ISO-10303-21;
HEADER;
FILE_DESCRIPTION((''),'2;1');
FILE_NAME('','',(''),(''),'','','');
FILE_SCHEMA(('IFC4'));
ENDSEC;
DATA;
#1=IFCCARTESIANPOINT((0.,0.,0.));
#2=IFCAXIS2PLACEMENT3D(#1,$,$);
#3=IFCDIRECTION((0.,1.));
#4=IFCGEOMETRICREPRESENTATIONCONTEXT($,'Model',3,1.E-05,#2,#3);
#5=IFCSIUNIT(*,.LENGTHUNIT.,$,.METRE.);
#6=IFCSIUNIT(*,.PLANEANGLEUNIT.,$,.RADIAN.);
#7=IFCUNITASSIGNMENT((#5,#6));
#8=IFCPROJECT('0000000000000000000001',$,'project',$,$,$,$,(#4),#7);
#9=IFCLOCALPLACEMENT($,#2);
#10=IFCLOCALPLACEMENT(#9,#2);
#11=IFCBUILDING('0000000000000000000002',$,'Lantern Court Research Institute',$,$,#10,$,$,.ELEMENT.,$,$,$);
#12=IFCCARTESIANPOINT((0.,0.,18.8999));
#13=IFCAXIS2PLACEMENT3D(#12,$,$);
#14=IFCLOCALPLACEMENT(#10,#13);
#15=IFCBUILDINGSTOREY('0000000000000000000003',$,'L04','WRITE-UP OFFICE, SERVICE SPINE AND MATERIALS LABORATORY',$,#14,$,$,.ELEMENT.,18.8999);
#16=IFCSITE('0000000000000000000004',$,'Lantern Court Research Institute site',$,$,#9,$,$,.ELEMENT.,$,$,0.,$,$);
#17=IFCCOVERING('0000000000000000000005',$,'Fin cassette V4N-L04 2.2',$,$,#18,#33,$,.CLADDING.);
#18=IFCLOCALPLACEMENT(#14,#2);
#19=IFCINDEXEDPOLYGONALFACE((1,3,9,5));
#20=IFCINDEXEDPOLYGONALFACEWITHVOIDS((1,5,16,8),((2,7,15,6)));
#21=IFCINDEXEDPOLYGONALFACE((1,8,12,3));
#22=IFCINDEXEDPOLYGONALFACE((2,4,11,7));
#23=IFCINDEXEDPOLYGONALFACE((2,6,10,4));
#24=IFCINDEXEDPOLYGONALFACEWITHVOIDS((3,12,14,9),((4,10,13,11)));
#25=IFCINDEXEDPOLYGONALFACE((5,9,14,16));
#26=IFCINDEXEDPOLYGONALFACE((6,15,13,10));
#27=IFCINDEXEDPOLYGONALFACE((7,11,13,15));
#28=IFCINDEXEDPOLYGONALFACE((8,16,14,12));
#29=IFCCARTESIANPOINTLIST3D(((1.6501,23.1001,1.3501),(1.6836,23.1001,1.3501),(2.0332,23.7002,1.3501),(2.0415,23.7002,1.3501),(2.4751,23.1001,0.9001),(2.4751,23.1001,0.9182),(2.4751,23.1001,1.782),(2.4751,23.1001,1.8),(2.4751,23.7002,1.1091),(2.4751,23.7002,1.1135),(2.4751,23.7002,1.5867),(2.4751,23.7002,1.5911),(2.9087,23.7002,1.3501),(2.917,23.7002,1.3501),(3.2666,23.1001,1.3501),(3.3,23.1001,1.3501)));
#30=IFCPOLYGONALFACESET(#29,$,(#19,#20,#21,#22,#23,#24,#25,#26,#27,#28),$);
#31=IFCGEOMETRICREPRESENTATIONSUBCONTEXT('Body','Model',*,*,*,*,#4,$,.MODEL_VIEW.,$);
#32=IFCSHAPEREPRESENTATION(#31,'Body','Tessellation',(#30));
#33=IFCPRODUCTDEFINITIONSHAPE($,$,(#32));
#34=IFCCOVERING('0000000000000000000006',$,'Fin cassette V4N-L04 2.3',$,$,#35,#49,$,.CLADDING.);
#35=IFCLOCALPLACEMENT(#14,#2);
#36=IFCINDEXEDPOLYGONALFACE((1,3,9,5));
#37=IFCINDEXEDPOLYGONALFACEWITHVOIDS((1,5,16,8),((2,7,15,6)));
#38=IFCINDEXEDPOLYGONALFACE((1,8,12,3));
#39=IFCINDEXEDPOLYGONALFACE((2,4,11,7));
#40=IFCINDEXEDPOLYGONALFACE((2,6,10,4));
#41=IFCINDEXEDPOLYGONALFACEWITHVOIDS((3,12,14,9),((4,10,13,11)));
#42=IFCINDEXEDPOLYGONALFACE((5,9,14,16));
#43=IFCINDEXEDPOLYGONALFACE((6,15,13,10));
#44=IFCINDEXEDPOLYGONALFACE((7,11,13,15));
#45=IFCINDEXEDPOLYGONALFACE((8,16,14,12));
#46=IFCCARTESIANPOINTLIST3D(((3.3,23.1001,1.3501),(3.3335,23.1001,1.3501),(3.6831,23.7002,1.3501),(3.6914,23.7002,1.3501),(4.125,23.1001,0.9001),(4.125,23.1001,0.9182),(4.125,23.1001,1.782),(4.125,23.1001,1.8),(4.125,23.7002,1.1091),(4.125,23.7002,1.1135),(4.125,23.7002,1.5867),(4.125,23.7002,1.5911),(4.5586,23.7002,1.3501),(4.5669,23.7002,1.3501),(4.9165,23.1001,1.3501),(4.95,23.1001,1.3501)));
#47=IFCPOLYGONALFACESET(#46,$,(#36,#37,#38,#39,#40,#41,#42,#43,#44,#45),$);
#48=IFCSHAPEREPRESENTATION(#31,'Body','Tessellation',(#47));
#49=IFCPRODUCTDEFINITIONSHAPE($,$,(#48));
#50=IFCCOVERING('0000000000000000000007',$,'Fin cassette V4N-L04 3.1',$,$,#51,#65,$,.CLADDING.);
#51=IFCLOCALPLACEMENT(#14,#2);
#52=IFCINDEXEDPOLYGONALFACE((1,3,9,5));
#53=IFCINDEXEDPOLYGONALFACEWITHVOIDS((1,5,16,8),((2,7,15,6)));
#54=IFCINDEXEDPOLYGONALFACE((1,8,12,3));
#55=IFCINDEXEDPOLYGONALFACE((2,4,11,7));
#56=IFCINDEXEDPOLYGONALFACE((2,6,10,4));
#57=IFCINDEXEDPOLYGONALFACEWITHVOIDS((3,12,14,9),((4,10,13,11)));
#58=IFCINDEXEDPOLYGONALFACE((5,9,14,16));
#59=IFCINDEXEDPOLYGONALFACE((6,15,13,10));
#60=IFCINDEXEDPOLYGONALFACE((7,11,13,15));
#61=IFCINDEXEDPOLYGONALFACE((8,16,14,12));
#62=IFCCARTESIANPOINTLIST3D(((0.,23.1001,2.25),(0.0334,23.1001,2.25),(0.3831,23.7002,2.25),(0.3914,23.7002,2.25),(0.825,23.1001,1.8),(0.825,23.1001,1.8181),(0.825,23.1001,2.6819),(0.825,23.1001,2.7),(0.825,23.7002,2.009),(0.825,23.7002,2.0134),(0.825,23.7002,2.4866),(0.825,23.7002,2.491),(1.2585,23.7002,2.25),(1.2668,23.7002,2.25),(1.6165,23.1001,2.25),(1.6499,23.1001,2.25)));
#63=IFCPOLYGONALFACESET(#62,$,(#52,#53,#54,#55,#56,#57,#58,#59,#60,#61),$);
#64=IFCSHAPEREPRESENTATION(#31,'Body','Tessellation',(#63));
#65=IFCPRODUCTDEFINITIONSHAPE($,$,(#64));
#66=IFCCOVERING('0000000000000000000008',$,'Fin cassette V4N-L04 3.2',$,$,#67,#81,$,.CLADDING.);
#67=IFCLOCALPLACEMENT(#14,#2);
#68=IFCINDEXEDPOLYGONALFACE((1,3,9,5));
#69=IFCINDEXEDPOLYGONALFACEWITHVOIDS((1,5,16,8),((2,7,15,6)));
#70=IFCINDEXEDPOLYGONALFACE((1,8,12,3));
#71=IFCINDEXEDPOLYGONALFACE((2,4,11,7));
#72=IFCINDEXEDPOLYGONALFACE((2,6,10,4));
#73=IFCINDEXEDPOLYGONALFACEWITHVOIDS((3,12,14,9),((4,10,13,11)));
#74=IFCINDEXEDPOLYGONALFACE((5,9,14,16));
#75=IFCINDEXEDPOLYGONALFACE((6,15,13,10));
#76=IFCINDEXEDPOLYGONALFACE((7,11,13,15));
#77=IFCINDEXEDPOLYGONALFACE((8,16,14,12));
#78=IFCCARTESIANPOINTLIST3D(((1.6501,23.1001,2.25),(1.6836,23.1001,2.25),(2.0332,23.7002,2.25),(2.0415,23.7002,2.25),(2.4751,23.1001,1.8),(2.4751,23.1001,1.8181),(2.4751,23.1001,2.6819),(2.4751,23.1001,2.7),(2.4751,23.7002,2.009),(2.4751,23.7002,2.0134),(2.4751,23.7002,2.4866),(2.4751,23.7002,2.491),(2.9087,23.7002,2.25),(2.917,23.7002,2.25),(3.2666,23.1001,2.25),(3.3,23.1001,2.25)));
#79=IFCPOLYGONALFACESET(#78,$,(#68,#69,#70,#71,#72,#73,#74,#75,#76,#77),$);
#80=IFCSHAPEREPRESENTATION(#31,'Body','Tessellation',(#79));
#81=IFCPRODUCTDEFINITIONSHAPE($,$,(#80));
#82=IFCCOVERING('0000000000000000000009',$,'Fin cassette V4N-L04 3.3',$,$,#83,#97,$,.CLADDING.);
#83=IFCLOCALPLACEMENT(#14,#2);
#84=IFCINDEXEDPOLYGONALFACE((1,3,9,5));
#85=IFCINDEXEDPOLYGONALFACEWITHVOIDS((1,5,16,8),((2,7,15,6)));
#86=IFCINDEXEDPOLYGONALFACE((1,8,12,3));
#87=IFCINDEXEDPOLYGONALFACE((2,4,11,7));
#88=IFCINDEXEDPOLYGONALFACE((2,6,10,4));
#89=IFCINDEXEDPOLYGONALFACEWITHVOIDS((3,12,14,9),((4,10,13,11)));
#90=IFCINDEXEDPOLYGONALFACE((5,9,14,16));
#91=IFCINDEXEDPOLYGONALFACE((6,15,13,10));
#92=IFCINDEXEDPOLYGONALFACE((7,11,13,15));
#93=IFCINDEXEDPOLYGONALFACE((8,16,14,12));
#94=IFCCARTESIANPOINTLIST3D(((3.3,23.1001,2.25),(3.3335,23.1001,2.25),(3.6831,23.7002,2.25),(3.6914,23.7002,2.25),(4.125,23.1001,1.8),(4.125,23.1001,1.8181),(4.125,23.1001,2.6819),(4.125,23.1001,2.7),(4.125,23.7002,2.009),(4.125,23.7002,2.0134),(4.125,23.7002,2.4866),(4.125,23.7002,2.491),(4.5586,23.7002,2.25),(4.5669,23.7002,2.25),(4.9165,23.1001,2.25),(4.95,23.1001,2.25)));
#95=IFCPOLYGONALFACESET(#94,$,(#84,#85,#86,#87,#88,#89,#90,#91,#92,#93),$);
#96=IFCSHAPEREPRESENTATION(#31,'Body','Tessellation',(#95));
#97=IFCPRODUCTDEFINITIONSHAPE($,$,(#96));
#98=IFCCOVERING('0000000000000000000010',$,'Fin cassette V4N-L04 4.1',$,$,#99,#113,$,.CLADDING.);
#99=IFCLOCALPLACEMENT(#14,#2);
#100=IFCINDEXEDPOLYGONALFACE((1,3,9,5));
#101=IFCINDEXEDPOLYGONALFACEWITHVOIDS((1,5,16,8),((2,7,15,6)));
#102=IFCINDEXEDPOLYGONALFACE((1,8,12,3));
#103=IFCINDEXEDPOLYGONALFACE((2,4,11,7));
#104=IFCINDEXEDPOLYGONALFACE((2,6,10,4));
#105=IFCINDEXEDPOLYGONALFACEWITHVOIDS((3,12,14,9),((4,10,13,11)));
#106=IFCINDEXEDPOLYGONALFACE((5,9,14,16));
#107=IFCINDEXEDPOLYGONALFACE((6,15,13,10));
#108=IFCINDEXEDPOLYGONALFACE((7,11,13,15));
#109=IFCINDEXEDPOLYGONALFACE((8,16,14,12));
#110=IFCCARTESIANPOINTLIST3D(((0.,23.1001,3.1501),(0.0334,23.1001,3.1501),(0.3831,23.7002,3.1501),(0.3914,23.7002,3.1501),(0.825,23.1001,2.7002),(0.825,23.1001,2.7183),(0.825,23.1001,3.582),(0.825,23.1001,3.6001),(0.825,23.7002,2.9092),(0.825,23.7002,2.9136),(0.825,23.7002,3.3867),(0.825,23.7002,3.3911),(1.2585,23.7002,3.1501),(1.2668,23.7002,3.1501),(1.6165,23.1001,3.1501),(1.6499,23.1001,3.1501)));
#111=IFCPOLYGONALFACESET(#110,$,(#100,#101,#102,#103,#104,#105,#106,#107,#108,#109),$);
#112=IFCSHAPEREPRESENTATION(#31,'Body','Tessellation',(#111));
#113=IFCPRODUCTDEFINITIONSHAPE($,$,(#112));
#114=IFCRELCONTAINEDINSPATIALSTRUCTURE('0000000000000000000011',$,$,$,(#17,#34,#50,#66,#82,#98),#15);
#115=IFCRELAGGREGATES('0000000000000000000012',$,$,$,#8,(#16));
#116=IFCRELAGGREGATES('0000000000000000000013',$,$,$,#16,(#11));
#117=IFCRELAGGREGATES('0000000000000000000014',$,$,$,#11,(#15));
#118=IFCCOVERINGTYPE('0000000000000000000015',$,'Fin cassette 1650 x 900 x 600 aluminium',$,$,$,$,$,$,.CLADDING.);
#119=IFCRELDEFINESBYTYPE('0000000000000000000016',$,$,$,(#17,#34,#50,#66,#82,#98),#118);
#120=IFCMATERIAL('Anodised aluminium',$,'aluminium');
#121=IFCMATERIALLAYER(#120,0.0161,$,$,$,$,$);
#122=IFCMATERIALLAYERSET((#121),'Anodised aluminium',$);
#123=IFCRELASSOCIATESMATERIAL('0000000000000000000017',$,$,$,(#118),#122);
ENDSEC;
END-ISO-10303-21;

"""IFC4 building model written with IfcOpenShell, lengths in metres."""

from ifc_helpers import new_model, entity, si_unit, direction, frame, origin, place, context, subcontext, project, spatial, material, layer, layer_set, type_object, element, save


model = new_model("IFC4")

# Units and contexts
model_context = context("Model", 3, precision=1e-05, world=origin(), true_north=direction((0.0, 1.0)))
body_context = subcontext(model_context, "Body", "Model", "MODEL_VIEW")
ifc_project = project(units=[si_unit("LENGTHUNIT", "METRE"), si_unit("PLANEANGLEUNIT", "RADIAN")], contexts=[model_context])

# Site, building, storey
site_placement = place(None, origin())
site = spatial("IfcSite", under=ifc_project, at=site_placement, Name="Lantern Court Research Institute site", CompositionType="ELEMENT", RefElevation=0.0)
building_placement = place(site_placement, origin())
building = spatial("IfcBuilding", under=site, at=building_placement, Name="Lantern Court Research Institute", CompositionType="ELEMENT")
storey_placement = place(building_placement, frame((0.0, 0.0, 18.8999)))
storey = spatial("IfcBuildingStorey", under=building, at=storey_placement, Name="L04", Description="WRITE-UP OFFICE, SERVICE SPINE AND MATERIALS LABORATORY", CompositionType="ELEMENT", Elevation=18.8999)

# Coverings
ifc_material_1 = material(Name="Anodised aluminium", Category="aluminium")
ifc_layer_1 = layer(ifc_material_1, 0.0161)
ifc_layer_set_1 = layer_set([ifc_layer_1], Name="Anodised aluminium")
covering_type = type_object("IfcCoveringType", Name="Fin cassette 1650 x 900 x 600 aluminium", PredefinedType="CLADDING", material=ifc_layer_set_1)
covering_1_placement = place(storey_placement, frame((2.4751, 23.1001, 1.3501), z_axis=(0.0, 1.0, 0.0), x_axis=(-1.0, 0.0, 0.0)))
cartesian_point_1 = entity("IfcCartesianPoint", [0.825, 0.0])
cartesian_point_2 = entity("IfcCartesianPoint", [0.7915, 0.0])
cartesian_point_3 = entity("IfcCartesianPoint", [0.4419, 0.0])
cartesian_point_4 = entity("IfcCartesianPoint", [0.4336, 0.0])
element("IfcCovering", 1, at=covering_1_placement, inside=storey, type_object=covering_type, Name="Fin cassette V4N-L04 2.2", PredefinedType="CLADDING", context=body_context, shape_type="SweptSolid", body=[
    entity("IfcExtrudedAreaSolidTapered", entity("IfcArbitraryProfileDefWithVoids", "AREA", None, entity("IfcPolyline", [cartesian_point_1, entity("IfcCartesianPoint", [0.0, 0.45]), entity("IfcCartesianPoint", [-0.825, 0.0]), entity("IfcCartesianPoint", [0.0, -0.45]), cartesian_point_1]), [entity("IfcPolyline", [cartesian_point_2, entity("IfcCartesianPoint", [0.0, 0.4319]), entity("IfcCartesianPoint", [-0.7915, 0.0]), entity("IfcCartesianPoint", [0.0, -0.4319]), cartesian_point_2])]), entity("IfcAxis2Placement3D", entity("IfcCartesianPoint", [0.0, 0.0, 0.0])), entity("IfcDirection", [0.0, 0.0, 1.0]), 0.6001, entity("IfcArbitraryProfileDefWithVoids", "AREA", None, entity("IfcPolyline", [cartesian_point_3, entity("IfcCartesianPoint", [0.0, 0.241]), entity("IfcCartesianPoint", [-0.4419, 0.0]), entity("IfcCartesianPoint", [0.0, -0.241]), cartesian_point_3]), [entity("IfcPolyline", [cartesian_point_4, entity("IfcCartesianPoint", [0.0, 0.2366]), entity("IfcCartesianPoint", [-0.4336, 0.0]), entity("IfcCartesianPoint", [0.0, -0.2366]), cartesian_point_4])])),
])
covering_2_placement = place(storey_placement, frame((4.125, 23.1001, 1.3501), z_axis=(0.0, 1.0, 0.0), x_axis=(-1.0, 0.0, 0.0)))
cartesian_point_5 = entity("IfcCartesianPoint", [0.825, 0.0])
cartesian_point_6 = entity("IfcCartesianPoint", [0.7915, 0.0])
cartesian_point_7 = entity("IfcCartesianPoint", [0.4419, 0.0])
cartesian_point_8 = entity("IfcCartesianPoint", [0.4336, 0.0])
element("IfcCovering", 2, at=covering_2_placement, inside=storey, type_object=covering_type, Name="Fin cassette V4N-L04 2.3", PredefinedType="CLADDING", context=body_context, shape_type="SweptSolid", body=[
    entity("IfcExtrudedAreaSolidTapered", entity("IfcArbitraryProfileDefWithVoids", "AREA", None, entity("IfcPolyline", [cartesian_point_5, entity("IfcCartesianPoint", [0.0, 0.45]), entity("IfcCartesianPoint", [-0.825, 0.0]), entity("IfcCartesianPoint", [0.0, -0.45]), cartesian_point_5]), [entity("IfcPolyline", [cartesian_point_6, entity("IfcCartesianPoint", [0.0, 0.4319]), entity("IfcCartesianPoint", [-0.7915, 0.0]), entity("IfcCartesianPoint", [0.0, -0.4319]), cartesian_point_6])]), entity("IfcAxis2Placement3D", entity("IfcCartesianPoint", [0.0, 0.0, 0.0])), entity("IfcDirection", [0.0, 0.0, 1.0]), 0.6001, entity("IfcArbitraryProfileDefWithVoids", "AREA", None, entity("IfcPolyline", [cartesian_point_7, entity("IfcCartesianPoint", [0.0, 0.241]), entity("IfcCartesianPoint", [-0.4419, 0.0]), entity("IfcCartesianPoint", [0.0, -0.241]), cartesian_point_7]), [entity("IfcPolyline", [cartesian_point_8, entity("IfcCartesianPoint", [0.0, 0.2366]), entity("IfcCartesianPoint", [-0.4336, 0.0]), entity("IfcCartesianPoint", [0.0, -0.2366]), cartesian_point_8])])),
])
covering_3_placement = place(storey_placement, frame((0.825, 23.1001, 2.25), z_axis=(0.0, 1.0, 0.0), x_axis=(-1.0, 0.0, 0.0)))
cartesian_point_9 = entity("IfcCartesianPoint", [0.825, 0.0])
cartesian_point_10 = entity("IfcCartesianPoint", [0.7915, 0.0])
cartesian_point_11 = entity("IfcCartesianPoint", [0.4419, 0.0])
cartesian_point_12 = entity("IfcCartesianPoint", [0.4336, 0.0])
element("IfcCovering", 3, at=covering_3_placement, inside=storey, type_object=covering_type, Name="Fin cassette V4N-L04 3.1", PredefinedType="CLADDING", context=body_context, shape_type="SweptSolid", body=[
    entity("IfcExtrudedAreaSolidTapered", entity("IfcArbitraryProfileDefWithVoids", "AREA", None, entity("IfcPolyline", [cartesian_point_9, entity("IfcCartesianPoint", [0.0, 0.45]), entity("IfcCartesianPoint", [-0.825, 0.0]), entity("IfcCartesianPoint", [0.0, -0.45]), cartesian_point_9]), [entity("IfcPolyline", [cartesian_point_10, entity("IfcCartesianPoint", [0.0, 0.4319]), entity("IfcCartesianPoint", [-0.7915, 0.0]), entity("IfcCartesianPoint", [0.0, -0.4319]), cartesian_point_10])]), entity("IfcAxis2Placement3D", entity("IfcCartesianPoint", [0.0, 0.0, 0.0])), entity("IfcDirection", [0.0, 0.0, 1.0]), 0.6001, entity("IfcArbitraryProfileDefWithVoids", "AREA", None, entity("IfcPolyline", [cartesian_point_11, entity("IfcCartesianPoint", [0.0, 0.241]), entity("IfcCartesianPoint", [-0.4419, 0.0]), entity("IfcCartesianPoint", [0.0, -0.241]), cartesian_point_11]), [entity("IfcPolyline", [cartesian_point_12, entity("IfcCartesianPoint", [0.0, 0.2366]), entity("IfcCartesianPoint", [-0.4336, 0.0]), entity("IfcCartesianPoint", [0.0, -0.2366]), cartesian_point_12])])),
])
covering_4_placement = place(storey_placement, frame((2.4751, 23.1001, 2.25), z_axis=(0.0, 1.0, 0.0), x_axis=(-1.0, 0.0, 0.0)))
cartesian_point_13 = entity("IfcCartesianPoint", [0.825, 0.0])
cartesian_point_14 = entity("IfcCartesianPoint", [0.7915, 0.0])
cartesian_point_15 = entity("IfcCartesianPoint", [0.4419, 0.0])
cartesian_point_16 = entity("IfcCartesianPoint", [0.4336, 0.0])
element("IfcCovering", 4, at=covering_4_placement, inside=storey, type_object=covering_type, Name="Fin cassette V4N-L04 3.2", PredefinedType="CLADDING", context=body_context, shape_type="SweptSolid", body=[
    entity("IfcExtrudedAreaSolidTapered", entity("IfcArbitraryProfileDefWithVoids", "AREA", None, entity("IfcPolyline", [cartesian_point_13, entity("IfcCartesianPoint", [0.0, 0.45]), entity("IfcCartesianPoint", [-0.825, 0.0]), entity("IfcCartesianPoint", [0.0, -0.45]), cartesian_point_13]), [entity("IfcPolyline", [cartesian_point_14, entity("IfcCartesianPoint", [0.0, 0.4319]), entity("IfcCartesianPoint", [-0.7915, 0.0]), entity("IfcCartesianPoint", [0.0, -0.4319]), cartesian_point_14])]), entity("IfcAxis2Placement3D", entity("IfcCartesianPoint", [0.0, 0.0, 0.0])), entity("IfcDirection", [0.0, 0.0, 1.0]), 0.6001, entity("IfcArbitraryProfileDefWithVoids", "AREA", None, entity("IfcPolyline", [cartesian_point_15, entity("IfcCartesianPoint", [0.0, 0.241]), entity("IfcCartesianPoint", [-0.4419, 0.0]), entity("IfcCartesianPoint", [0.0, -0.241]), cartesian_point_15]), [entity("IfcPolyline", [cartesian_point_16, entity("IfcCartesianPoint", [0.0, 0.2366]), entity("IfcCartesianPoint", [-0.4336, 0.0]), entity("IfcCartesianPoint", [0.0, -0.2366]), cartesian_point_16])])),
])
covering_5_placement = place(storey_placement, frame((4.125, 23.1001, 2.25), z_axis=(0.0, 1.0, 0.0), x_axis=(-1.0, 0.0, 0.0)))
cartesian_point_17 = entity("IfcCartesianPoint", [0.825, 0.0])
cartesian_point_18 = entity("IfcCartesianPoint", [0.7915, 0.0])
cartesian_point_19 = entity("IfcCartesianPoint", [0.4419, 0.0])
cartesian_point_20 = entity("IfcCartesianPoint", [0.4336, 0.0])
element("IfcCovering", 5, at=covering_5_placement, inside=storey, type_object=covering_type, Name="Fin cassette V4N-L04 3.3", PredefinedType="CLADDING", context=body_context, shape_type="SweptSolid", body=[
    entity("IfcExtrudedAreaSolidTapered", entity("IfcArbitraryProfileDefWithVoids", "AREA", None, entity("IfcPolyline", [cartesian_point_17, entity("IfcCartesianPoint", [0.0, 0.45]), entity("IfcCartesianPoint", [-0.825, 0.0]), entity("IfcCartesianPoint", [0.0, -0.45]), cartesian_point_17]), [entity("IfcPolyline", [cartesian_point_18, entity("IfcCartesianPoint", [0.0, 0.4319]), entity("IfcCartesianPoint", [-0.7915, 0.0]), entity("IfcCartesianPoint", [0.0, -0.4319]), cartesian_point_18])]), entity("IfcAxis2Placement3D", entity("IfcCartesianPoint", [0.0, 0.0, 0.0])), entity("IfcDirection", [0.0, 0.0, 1.0]), 0.6001, entity("IfcArbitraryProfileDefWithVoids", "AREA", None, entity("IfcPolyline", [cartesian_point_19, entity("IfcCartesianPoint", [0.0, 0.241]), entity("IfcCartesianPoint", [-0.4419, 0.0]), entity("IfcCartesianPoint", [0.0, -0.241]), cartesian_point_19]), [entity("IfcPolyline", [cartesian_point_20, entity("IfcCartesianPoint", [0.0, 0.2366]), entity("IfcCartesianPoint", [-0.4336, 0.0]), entity("IfcCartesianPoint", [0.0, -0.2366]), cartesian_point_20])])),
])
covering_6_placement = place(storey_placement, frame((0.825, 23.1001, 3.1501), z_axis=(0.0, 1.0, 0.0), x_axis=(-1.0, 0.0, 0.0)))
cartesian_point_21 = entity("IfcCartesianPoint", [0.825, 0.0])
cartesian_point_22 = entity("IfcCartesianPoint", [0.7915, 0.0])
cartesian_point_23 = entity("IfcCartesianPoint", [0.4419, 0.0])
cartesian_point_24 = entity("IfcCartesianPoint", [0.4336, 0.0])
element("IfcCovering", 6, at=covering_6_placement, inside=storey, type_object=covering_type, Name="Fin cassette V4N-L04 4.1", PredefinedType="CLADDING", context=body_context, shape_type="SweptSolid", body=[
    entity("IfcExtrudedAreaSolidTapered", entity("IfcArbitraryProfileDefWithVoids", "AREA", None, entity("IfcPolyline", [cartesian_point_21, entity("IfcCartesianPoint", [0.0, 0.45]), entity("IfcCartesianPoint", [-0.825, 0.0]), entity("IfcCartesianPoint", [0.0, -0.45]), cartesian_point_21]), [entity("IfcPolyline", [cartesian_point_22, entity("IfcCartesianPoint", [0.0, 0.4319]), entity("IfcCartesianPoint", [-0.7915, 0.0]), entity("IfcCartesianPoint", [0.0, -0.4319]), cartesian_point_22])]), entity("IfcAxis2Placement3D", entity("IfcCartesianPoint", [0.0, 0.0, 0.0])), entity("IfcDirection", [0.0, 0.0, 1.0]), 0.6001, entity("IfcArbitraryProfileDefWithVoids", "AREA", None, entity("IfcPolyline", [cartesian_point_23, entity("IfcCartesianPoint", [0.0, 0.241]), entity("IfcCartesianPoint", [-0.4419, 0.0]), entity("IfcCartesianPoint", [0.0, -0.241]), cartesian_point_23]), [entity("IfcPolyline", [cartesian_point_24, entity("IfcCartesianPoint", [0.0, 0.2366]), entity("IfcCartesianPoint", [-0.4336, 0.0]), entity("IfcCartesianPoint", [0.0, -0.2366]), cartesian_point_24])])),
])

save(model, "model.ifc")
